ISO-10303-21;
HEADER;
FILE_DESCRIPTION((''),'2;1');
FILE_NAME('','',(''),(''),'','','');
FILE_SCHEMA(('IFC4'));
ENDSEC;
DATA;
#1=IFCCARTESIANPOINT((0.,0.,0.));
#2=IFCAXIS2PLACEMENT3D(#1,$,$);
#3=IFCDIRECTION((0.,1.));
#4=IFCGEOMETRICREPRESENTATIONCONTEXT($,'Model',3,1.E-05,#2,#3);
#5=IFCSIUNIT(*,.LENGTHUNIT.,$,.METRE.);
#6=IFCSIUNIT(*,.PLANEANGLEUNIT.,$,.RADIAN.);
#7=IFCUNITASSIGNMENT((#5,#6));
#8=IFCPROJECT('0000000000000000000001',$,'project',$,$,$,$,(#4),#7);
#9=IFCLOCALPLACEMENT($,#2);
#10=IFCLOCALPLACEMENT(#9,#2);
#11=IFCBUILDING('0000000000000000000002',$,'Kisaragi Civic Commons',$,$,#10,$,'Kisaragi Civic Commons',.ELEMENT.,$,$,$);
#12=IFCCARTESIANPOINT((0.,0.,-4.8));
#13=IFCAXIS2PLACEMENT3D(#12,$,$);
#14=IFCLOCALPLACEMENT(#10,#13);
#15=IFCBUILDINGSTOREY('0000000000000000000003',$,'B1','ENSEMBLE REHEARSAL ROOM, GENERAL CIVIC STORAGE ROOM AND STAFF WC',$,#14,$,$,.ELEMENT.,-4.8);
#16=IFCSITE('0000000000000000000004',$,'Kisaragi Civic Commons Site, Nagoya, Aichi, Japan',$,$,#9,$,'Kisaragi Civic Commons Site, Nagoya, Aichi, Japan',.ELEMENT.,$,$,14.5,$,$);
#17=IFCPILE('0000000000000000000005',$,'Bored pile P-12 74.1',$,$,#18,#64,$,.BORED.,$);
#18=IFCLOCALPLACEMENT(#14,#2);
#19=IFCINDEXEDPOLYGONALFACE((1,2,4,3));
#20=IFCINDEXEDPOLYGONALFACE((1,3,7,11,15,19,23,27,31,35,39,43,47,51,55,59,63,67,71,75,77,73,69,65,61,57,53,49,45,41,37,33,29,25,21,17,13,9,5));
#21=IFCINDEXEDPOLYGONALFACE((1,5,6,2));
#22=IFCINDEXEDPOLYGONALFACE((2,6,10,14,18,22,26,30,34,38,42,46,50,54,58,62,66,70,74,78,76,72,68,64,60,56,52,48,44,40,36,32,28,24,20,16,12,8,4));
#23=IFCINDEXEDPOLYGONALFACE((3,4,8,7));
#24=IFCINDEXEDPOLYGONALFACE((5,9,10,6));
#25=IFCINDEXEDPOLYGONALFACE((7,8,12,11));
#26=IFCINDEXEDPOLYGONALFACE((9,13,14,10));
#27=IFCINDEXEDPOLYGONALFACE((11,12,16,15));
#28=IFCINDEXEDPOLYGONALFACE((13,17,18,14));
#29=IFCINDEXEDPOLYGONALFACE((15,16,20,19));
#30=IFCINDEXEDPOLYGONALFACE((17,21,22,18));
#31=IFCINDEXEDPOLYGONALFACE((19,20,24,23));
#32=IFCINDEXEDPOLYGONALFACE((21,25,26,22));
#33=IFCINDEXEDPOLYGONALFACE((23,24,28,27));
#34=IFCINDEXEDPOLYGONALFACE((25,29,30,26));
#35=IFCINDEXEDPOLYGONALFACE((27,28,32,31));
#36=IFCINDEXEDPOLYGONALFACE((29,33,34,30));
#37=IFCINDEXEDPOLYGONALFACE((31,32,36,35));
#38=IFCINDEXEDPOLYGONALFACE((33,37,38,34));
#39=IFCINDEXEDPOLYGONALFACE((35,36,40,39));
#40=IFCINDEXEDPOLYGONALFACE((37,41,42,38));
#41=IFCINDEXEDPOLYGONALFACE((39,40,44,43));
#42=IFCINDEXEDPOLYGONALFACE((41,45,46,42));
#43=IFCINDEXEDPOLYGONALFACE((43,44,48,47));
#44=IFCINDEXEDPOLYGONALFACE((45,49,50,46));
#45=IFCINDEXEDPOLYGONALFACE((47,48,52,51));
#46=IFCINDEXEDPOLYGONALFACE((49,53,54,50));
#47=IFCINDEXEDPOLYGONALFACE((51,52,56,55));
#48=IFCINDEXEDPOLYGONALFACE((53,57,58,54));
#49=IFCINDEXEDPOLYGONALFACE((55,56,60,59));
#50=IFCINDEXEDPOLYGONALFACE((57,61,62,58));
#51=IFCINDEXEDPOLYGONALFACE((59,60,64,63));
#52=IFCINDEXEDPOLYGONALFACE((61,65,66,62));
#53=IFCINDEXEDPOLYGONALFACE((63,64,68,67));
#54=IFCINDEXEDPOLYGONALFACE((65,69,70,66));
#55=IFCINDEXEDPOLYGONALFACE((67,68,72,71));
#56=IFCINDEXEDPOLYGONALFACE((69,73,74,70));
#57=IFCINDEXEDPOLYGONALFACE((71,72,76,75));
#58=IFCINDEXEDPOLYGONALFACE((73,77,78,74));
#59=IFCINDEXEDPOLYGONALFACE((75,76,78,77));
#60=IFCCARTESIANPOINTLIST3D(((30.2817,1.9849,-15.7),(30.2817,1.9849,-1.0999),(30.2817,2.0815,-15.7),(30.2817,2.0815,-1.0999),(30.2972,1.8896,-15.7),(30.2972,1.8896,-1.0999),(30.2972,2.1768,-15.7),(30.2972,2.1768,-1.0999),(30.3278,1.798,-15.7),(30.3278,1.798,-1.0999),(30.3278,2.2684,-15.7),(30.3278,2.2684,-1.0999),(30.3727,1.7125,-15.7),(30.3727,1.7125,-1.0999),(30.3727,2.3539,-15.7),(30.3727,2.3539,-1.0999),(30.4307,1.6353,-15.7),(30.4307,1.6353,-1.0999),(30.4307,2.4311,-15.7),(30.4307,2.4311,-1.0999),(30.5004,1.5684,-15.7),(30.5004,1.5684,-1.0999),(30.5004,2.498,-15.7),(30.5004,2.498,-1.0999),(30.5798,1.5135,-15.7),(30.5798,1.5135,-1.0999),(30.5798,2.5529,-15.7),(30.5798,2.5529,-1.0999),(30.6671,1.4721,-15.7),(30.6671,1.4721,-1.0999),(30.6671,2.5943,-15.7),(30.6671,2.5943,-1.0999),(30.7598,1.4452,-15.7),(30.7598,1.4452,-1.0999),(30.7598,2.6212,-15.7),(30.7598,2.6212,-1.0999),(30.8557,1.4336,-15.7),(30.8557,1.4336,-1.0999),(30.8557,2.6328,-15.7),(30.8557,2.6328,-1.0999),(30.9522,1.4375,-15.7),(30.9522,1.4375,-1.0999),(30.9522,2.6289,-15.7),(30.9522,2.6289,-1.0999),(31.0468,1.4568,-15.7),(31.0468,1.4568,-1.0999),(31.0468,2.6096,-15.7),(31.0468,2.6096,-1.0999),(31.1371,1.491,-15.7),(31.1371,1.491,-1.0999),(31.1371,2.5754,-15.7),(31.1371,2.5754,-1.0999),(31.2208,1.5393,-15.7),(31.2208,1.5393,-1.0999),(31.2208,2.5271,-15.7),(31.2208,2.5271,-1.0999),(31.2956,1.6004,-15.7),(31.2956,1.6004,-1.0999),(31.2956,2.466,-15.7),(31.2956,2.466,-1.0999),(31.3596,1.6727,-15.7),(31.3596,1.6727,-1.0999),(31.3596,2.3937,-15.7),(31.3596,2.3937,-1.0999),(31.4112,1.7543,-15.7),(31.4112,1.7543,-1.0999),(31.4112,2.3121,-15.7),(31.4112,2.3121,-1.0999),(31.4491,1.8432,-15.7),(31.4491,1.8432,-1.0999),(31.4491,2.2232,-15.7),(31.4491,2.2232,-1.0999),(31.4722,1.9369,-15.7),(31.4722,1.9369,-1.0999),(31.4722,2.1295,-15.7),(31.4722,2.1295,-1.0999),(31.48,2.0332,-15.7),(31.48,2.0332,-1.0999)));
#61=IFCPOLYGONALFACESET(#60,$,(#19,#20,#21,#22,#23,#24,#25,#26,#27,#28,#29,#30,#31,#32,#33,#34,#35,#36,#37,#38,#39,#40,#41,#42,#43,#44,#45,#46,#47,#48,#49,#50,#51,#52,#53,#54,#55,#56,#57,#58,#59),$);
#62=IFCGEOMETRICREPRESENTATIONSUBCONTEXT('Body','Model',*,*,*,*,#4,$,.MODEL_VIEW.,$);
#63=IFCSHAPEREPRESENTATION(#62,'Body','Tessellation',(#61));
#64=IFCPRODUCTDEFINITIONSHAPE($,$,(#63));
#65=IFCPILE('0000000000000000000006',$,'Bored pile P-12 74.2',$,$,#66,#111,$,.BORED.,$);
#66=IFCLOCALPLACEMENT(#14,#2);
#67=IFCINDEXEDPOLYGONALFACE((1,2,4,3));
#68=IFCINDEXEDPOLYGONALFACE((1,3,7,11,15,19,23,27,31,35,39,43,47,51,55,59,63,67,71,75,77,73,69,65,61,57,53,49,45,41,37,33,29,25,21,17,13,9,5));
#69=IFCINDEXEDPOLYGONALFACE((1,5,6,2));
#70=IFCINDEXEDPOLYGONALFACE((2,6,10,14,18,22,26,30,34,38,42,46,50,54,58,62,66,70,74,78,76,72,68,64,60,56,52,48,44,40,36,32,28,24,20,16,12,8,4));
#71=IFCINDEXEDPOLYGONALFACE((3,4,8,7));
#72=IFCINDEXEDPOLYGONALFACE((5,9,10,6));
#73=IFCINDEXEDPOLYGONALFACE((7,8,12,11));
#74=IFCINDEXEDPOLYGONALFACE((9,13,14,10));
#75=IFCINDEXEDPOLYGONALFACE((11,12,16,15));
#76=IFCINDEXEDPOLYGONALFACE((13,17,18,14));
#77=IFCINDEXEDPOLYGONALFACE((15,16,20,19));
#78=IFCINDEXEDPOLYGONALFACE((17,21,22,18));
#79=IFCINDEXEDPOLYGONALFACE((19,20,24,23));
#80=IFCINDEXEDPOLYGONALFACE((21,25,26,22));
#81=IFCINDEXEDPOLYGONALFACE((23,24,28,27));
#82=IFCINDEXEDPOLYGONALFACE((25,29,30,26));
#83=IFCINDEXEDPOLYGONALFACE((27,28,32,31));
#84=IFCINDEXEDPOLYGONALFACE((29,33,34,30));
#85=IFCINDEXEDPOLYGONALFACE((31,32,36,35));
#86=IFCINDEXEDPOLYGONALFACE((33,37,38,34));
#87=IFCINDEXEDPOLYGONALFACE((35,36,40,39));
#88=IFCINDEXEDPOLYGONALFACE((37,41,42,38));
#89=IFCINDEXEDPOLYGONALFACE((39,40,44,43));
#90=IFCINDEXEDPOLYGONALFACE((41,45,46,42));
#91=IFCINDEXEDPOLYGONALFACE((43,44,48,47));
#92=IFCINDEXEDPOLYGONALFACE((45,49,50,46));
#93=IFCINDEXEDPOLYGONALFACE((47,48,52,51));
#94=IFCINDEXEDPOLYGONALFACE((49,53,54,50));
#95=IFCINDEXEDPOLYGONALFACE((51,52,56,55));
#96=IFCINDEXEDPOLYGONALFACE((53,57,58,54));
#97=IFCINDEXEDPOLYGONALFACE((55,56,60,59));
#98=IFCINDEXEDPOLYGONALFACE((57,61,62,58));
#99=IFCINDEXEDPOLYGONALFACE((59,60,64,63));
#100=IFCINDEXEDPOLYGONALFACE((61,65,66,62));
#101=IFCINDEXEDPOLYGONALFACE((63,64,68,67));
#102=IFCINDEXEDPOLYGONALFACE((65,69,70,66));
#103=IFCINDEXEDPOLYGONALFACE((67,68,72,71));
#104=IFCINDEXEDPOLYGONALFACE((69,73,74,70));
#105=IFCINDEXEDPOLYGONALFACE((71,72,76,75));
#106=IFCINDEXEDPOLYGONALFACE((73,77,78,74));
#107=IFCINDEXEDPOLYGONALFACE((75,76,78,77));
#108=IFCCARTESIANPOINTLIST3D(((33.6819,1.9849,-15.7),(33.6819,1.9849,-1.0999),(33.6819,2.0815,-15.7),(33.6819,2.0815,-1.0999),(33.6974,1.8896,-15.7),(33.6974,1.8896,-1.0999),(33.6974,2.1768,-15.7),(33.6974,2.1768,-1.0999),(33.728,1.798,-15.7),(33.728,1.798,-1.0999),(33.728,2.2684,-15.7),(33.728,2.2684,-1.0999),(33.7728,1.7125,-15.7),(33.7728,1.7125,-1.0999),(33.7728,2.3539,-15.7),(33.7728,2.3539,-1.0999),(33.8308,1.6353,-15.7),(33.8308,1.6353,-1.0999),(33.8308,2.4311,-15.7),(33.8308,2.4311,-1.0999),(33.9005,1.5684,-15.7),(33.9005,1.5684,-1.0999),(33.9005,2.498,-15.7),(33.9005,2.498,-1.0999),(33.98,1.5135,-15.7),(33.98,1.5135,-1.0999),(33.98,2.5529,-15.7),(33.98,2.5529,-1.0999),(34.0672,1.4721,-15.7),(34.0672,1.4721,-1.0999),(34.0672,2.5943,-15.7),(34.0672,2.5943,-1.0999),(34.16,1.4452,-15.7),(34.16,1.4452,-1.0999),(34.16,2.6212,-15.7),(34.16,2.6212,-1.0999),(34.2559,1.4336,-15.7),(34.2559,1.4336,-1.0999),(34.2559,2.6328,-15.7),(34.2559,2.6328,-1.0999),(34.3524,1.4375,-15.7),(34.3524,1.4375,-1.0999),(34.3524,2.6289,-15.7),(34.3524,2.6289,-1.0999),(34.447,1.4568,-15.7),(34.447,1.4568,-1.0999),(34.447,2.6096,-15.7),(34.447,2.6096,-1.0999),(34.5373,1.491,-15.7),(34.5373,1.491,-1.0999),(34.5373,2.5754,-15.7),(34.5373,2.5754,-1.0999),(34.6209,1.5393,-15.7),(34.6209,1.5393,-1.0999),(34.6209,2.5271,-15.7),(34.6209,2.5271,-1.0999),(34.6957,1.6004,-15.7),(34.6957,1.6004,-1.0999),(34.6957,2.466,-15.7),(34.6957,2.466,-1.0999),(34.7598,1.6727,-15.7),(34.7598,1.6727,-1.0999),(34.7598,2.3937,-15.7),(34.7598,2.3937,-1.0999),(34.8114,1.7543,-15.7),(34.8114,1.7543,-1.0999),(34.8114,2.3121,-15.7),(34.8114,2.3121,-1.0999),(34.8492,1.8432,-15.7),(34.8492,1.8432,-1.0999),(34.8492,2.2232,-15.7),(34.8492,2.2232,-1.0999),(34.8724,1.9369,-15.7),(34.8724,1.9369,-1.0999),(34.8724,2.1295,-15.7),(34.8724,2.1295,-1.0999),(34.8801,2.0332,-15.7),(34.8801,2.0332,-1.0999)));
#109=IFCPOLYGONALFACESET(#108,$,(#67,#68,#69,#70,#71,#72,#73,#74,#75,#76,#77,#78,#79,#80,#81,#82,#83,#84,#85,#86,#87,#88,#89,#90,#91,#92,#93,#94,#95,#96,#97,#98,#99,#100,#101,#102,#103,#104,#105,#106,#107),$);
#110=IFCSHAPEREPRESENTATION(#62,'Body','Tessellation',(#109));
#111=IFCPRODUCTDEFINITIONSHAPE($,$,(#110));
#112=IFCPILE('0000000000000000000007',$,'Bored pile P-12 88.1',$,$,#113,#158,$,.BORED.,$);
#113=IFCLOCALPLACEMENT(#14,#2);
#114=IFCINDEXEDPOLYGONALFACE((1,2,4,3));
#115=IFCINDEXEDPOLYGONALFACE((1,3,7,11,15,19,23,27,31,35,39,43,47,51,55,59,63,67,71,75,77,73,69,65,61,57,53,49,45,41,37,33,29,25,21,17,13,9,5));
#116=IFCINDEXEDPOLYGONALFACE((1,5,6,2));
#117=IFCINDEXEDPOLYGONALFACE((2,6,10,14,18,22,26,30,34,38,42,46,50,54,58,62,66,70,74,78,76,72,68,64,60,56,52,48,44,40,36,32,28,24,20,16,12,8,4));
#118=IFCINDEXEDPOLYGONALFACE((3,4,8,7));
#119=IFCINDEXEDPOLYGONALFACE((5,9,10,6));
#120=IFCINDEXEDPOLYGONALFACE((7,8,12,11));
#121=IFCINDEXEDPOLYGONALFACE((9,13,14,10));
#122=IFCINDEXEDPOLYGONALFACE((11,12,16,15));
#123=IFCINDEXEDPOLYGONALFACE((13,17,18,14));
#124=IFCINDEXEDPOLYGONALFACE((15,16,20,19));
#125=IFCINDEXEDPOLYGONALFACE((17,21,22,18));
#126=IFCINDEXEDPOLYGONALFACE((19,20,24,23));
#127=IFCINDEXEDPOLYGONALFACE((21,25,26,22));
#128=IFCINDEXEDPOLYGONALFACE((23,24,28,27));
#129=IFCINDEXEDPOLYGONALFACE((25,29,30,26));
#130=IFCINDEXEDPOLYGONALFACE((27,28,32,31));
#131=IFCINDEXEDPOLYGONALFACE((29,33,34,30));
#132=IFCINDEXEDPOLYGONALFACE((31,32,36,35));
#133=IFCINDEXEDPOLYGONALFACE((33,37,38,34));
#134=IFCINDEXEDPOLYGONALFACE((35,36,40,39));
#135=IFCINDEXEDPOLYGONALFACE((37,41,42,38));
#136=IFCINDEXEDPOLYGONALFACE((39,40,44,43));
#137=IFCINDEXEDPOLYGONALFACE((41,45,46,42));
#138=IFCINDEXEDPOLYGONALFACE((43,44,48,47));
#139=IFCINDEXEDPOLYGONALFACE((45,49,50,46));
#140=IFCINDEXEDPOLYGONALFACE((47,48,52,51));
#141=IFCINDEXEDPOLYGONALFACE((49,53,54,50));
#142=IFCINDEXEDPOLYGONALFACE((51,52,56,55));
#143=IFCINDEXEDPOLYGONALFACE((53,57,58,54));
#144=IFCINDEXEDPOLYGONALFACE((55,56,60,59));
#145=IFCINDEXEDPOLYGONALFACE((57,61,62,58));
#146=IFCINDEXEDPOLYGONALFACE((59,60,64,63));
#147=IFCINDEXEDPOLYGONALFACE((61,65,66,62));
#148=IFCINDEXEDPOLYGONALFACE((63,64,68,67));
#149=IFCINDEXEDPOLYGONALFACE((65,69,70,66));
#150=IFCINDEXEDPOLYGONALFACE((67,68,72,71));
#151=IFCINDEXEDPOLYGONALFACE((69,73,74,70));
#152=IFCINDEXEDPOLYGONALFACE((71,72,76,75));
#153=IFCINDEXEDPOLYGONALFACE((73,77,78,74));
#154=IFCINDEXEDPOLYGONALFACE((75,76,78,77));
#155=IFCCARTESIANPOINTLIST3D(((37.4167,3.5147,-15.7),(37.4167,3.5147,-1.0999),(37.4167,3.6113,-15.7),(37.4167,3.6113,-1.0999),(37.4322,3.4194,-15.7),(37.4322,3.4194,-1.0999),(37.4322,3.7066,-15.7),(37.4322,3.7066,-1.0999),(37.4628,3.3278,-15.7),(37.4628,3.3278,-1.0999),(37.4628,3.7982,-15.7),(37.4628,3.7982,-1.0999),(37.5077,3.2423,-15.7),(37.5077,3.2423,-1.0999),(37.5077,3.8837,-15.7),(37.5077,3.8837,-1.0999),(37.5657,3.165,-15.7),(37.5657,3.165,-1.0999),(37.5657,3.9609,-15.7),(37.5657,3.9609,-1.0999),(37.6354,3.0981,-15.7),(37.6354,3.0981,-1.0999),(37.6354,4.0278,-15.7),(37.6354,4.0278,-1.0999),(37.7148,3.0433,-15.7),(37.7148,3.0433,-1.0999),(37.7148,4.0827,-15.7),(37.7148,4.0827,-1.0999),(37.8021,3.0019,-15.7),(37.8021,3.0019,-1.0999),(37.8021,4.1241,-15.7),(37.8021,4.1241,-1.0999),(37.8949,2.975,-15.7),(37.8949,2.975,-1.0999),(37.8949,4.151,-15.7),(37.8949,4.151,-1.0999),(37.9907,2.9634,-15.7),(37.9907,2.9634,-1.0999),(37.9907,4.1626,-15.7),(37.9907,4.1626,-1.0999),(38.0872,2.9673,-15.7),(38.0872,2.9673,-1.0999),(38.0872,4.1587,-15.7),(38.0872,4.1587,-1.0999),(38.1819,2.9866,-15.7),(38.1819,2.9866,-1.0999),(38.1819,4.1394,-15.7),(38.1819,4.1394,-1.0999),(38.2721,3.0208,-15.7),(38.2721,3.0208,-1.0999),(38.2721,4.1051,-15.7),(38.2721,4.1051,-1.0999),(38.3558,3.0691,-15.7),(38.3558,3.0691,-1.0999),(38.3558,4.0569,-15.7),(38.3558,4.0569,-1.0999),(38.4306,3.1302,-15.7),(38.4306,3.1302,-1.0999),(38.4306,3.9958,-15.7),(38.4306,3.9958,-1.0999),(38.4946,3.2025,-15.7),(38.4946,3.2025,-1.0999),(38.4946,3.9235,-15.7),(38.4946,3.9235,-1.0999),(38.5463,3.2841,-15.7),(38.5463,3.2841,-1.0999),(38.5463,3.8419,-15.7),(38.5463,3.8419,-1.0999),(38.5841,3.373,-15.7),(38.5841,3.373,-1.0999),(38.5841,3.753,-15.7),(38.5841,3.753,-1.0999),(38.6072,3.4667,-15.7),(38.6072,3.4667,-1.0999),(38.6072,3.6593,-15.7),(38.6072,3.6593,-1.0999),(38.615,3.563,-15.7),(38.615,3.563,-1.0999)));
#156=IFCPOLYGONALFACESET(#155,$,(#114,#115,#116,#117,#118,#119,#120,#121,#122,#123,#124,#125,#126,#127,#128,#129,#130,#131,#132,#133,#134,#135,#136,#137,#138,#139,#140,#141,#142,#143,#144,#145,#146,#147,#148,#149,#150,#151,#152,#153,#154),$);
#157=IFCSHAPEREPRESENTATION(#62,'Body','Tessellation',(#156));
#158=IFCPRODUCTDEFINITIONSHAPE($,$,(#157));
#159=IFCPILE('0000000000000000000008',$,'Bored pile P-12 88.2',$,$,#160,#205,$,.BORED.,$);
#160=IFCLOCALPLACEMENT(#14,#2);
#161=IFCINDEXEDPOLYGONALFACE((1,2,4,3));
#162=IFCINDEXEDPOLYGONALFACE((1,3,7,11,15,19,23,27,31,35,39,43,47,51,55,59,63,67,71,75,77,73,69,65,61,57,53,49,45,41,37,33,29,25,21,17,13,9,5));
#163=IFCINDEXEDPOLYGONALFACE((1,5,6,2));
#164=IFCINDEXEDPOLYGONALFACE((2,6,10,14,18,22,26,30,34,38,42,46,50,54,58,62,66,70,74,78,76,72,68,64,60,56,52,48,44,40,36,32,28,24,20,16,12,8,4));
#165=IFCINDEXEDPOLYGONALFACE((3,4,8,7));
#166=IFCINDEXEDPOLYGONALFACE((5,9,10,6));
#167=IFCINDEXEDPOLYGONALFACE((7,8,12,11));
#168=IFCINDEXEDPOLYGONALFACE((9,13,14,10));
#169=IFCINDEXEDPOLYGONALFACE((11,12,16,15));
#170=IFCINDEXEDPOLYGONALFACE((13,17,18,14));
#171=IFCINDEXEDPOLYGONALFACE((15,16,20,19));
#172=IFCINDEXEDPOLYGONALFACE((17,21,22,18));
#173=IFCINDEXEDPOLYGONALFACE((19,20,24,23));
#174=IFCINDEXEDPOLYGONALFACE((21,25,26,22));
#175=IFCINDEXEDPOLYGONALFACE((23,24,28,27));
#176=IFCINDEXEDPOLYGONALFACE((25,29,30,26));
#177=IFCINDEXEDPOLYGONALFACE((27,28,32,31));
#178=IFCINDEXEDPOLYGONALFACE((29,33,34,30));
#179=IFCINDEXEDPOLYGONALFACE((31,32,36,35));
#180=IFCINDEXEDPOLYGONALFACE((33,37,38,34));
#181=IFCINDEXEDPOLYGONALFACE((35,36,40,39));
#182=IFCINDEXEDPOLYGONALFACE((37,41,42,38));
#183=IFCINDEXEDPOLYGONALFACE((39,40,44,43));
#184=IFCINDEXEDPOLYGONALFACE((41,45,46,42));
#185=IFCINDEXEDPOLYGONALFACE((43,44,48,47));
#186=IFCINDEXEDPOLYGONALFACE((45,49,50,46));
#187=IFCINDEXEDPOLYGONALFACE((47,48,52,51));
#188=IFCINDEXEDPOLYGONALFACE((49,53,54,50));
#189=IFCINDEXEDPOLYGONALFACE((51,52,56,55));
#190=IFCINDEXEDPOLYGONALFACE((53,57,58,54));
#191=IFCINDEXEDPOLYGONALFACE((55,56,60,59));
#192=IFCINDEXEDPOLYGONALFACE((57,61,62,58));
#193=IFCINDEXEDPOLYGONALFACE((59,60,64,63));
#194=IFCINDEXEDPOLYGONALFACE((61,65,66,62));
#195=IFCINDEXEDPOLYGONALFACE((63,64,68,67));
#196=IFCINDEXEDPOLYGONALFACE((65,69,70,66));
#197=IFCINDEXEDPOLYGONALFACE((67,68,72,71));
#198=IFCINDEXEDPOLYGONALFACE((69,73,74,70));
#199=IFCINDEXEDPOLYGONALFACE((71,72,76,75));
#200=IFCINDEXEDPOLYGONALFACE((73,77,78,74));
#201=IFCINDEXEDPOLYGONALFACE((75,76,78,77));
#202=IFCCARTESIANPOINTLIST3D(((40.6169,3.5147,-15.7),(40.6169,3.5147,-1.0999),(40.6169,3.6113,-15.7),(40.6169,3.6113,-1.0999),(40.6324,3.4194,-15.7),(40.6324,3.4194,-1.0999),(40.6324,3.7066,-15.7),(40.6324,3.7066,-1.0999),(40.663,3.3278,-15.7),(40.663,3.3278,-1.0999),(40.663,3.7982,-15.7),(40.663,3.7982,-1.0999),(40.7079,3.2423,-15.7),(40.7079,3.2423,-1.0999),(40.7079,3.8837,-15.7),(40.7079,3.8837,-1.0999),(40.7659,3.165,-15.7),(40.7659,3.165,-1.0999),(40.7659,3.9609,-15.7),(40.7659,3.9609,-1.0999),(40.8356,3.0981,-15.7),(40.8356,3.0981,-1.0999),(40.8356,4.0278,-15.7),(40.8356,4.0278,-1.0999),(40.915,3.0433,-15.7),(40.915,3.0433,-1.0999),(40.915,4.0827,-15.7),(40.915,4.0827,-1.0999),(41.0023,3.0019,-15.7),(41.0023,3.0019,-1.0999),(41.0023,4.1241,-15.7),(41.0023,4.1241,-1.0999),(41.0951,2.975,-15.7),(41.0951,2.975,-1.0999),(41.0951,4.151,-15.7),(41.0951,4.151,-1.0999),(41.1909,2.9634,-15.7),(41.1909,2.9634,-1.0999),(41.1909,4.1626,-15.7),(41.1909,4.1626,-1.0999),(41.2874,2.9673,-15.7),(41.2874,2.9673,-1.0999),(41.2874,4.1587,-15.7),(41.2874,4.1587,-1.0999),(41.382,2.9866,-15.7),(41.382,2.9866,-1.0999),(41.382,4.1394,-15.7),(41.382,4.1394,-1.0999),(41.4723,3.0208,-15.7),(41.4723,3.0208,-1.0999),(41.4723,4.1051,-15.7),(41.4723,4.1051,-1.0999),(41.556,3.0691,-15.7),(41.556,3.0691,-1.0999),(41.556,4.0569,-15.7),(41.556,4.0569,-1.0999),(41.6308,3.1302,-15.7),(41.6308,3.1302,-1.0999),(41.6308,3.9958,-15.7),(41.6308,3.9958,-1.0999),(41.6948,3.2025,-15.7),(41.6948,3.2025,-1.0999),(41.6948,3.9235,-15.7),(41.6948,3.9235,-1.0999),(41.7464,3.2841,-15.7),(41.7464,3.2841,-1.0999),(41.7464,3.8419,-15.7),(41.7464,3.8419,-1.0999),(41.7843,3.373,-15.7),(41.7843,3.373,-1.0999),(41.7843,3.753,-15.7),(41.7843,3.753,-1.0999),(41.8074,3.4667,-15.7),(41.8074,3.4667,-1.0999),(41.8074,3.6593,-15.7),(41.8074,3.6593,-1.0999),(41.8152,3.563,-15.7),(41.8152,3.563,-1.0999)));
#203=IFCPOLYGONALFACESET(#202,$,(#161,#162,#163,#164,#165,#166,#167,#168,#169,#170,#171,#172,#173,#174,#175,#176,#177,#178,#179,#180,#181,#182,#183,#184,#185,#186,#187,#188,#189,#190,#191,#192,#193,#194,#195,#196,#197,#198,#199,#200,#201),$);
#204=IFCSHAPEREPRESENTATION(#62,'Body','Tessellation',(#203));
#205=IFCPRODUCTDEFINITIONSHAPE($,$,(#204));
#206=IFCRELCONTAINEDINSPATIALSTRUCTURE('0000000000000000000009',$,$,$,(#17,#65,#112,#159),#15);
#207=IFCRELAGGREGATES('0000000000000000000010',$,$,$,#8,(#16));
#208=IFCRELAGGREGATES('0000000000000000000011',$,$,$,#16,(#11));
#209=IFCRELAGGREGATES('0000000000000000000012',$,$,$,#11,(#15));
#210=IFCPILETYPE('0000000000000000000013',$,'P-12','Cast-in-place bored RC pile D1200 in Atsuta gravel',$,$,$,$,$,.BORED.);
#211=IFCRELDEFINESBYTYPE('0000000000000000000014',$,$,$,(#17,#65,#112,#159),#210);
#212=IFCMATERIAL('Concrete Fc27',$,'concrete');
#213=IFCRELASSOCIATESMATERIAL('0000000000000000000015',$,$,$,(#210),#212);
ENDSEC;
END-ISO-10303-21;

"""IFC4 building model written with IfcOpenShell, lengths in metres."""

from ifc_helpers import new_model, si_unit, direction, frame, origin, origin_2d, place, context, subcontext, project, spatial, circle, extrude, material, material_profile, profile_set, type_object, element, save


model = new_model("IFC4")

# Units and contexts
model_context = context("Model", 3, precision=1e-05, world=origin(), true_north=direction((0.0, 1.0)))
body_context = subcontext(model_context, "Body", "Model", "MODEL_VIEW")
ifc_project = project(units=[si_unit("LENGTHUNIT", "METRE"), si_unit("PLANEANGLEUNIT", "RADIAN")], contexts=[model_context])

# Site, building, storey
site_placement = place(None, origin())
site = spatial("IfcSite", under=ifc_project, at=site_placement, Name="Kisaragi Civic Commons Site, Nagoya, Aichi, Japan", LongName="Kisaragi Civic Commons Site, Nagoya, Aichi, Japan", CompositionType="ELEMENT", RefElevation=14.5)
building_placement = place(site_placement, origin())
building = spatial("IfcBuilding", under=site, at=building_placement, Name="Kisaragi Civic Commons", LongName="Kisaragi Civic Commons", CompositionType="ELEMENT")
storey_placement = place(building_placement, frame((0.0, 0.0, -4.8)))
storey = spatial("IfcBuildingStorey", under=building, at=storey_placement, Name="B1", Description="ENSEMBLE REHEARSAL ROOM, GENERAL CIVIC STORAGE ROOM AND STAFF WC", CompositionType="ELEMENT", Elevation=-4.8)

# Piles
ifc_material_1 = material(Name="Concrete Fc27", Category="concrete")
ifc_material_profile_1 = material_profile(ifc_material_1, circle(Radius=0.6001, at=origin_2d()), Name="PILE-D1200", Category="concrete")
ifc_profile_set_1 = profile_set([ifc_material_profile_1], Name="Concrete Fc27")
pile_type = type_object("IfcPileType", Name="P-12", Description="Cast-in-place bored RC pile D1200 in Atsuta gravel", PredefinedType="BORED", material=ifc_profile_set_1)
for number, where, z_axis, x_axis, name in (
    (1, (30.8799, 2.0332, -1.0999), (0.0, 0.0, -1.0), (1.0, 0.0, 0.0), "Bored pile P-12 74.1"),
    (2, (34.28, 2.0332, -1.0999), (0.0, 0.0, -1.0), (1.0, 0.0, 0.0), "Bored pile P-12 74.2"),
    (3, (38.0149, 3.563, -1.0999), (0.0, 0.0, -1.0), (1.0, 0.0, 0.0), "Bored pile P-12 88.1"),
    (4, (41.2151, 3.563, -1.0999), (0.0, 0.0, -1.0), (1.0, 0.0, 0.0), "Bored pile P-12 88.2"),
):
    element("IfcPile", number, at=place(storey_placement, frame(where, z_axis=z_axis, x_axis=x_axis)), inside=storey, type_object=pile_type, Name=name, PredefinedType="BORED", context=body_context, shape_type="SweptSolid", body=[
        extrude(circle(Radius=0.6001, at=origin_2d()), origin(), (0.0, 0.0, 1.0), 14.6001),
    ])

save(model, "model.ifc")
